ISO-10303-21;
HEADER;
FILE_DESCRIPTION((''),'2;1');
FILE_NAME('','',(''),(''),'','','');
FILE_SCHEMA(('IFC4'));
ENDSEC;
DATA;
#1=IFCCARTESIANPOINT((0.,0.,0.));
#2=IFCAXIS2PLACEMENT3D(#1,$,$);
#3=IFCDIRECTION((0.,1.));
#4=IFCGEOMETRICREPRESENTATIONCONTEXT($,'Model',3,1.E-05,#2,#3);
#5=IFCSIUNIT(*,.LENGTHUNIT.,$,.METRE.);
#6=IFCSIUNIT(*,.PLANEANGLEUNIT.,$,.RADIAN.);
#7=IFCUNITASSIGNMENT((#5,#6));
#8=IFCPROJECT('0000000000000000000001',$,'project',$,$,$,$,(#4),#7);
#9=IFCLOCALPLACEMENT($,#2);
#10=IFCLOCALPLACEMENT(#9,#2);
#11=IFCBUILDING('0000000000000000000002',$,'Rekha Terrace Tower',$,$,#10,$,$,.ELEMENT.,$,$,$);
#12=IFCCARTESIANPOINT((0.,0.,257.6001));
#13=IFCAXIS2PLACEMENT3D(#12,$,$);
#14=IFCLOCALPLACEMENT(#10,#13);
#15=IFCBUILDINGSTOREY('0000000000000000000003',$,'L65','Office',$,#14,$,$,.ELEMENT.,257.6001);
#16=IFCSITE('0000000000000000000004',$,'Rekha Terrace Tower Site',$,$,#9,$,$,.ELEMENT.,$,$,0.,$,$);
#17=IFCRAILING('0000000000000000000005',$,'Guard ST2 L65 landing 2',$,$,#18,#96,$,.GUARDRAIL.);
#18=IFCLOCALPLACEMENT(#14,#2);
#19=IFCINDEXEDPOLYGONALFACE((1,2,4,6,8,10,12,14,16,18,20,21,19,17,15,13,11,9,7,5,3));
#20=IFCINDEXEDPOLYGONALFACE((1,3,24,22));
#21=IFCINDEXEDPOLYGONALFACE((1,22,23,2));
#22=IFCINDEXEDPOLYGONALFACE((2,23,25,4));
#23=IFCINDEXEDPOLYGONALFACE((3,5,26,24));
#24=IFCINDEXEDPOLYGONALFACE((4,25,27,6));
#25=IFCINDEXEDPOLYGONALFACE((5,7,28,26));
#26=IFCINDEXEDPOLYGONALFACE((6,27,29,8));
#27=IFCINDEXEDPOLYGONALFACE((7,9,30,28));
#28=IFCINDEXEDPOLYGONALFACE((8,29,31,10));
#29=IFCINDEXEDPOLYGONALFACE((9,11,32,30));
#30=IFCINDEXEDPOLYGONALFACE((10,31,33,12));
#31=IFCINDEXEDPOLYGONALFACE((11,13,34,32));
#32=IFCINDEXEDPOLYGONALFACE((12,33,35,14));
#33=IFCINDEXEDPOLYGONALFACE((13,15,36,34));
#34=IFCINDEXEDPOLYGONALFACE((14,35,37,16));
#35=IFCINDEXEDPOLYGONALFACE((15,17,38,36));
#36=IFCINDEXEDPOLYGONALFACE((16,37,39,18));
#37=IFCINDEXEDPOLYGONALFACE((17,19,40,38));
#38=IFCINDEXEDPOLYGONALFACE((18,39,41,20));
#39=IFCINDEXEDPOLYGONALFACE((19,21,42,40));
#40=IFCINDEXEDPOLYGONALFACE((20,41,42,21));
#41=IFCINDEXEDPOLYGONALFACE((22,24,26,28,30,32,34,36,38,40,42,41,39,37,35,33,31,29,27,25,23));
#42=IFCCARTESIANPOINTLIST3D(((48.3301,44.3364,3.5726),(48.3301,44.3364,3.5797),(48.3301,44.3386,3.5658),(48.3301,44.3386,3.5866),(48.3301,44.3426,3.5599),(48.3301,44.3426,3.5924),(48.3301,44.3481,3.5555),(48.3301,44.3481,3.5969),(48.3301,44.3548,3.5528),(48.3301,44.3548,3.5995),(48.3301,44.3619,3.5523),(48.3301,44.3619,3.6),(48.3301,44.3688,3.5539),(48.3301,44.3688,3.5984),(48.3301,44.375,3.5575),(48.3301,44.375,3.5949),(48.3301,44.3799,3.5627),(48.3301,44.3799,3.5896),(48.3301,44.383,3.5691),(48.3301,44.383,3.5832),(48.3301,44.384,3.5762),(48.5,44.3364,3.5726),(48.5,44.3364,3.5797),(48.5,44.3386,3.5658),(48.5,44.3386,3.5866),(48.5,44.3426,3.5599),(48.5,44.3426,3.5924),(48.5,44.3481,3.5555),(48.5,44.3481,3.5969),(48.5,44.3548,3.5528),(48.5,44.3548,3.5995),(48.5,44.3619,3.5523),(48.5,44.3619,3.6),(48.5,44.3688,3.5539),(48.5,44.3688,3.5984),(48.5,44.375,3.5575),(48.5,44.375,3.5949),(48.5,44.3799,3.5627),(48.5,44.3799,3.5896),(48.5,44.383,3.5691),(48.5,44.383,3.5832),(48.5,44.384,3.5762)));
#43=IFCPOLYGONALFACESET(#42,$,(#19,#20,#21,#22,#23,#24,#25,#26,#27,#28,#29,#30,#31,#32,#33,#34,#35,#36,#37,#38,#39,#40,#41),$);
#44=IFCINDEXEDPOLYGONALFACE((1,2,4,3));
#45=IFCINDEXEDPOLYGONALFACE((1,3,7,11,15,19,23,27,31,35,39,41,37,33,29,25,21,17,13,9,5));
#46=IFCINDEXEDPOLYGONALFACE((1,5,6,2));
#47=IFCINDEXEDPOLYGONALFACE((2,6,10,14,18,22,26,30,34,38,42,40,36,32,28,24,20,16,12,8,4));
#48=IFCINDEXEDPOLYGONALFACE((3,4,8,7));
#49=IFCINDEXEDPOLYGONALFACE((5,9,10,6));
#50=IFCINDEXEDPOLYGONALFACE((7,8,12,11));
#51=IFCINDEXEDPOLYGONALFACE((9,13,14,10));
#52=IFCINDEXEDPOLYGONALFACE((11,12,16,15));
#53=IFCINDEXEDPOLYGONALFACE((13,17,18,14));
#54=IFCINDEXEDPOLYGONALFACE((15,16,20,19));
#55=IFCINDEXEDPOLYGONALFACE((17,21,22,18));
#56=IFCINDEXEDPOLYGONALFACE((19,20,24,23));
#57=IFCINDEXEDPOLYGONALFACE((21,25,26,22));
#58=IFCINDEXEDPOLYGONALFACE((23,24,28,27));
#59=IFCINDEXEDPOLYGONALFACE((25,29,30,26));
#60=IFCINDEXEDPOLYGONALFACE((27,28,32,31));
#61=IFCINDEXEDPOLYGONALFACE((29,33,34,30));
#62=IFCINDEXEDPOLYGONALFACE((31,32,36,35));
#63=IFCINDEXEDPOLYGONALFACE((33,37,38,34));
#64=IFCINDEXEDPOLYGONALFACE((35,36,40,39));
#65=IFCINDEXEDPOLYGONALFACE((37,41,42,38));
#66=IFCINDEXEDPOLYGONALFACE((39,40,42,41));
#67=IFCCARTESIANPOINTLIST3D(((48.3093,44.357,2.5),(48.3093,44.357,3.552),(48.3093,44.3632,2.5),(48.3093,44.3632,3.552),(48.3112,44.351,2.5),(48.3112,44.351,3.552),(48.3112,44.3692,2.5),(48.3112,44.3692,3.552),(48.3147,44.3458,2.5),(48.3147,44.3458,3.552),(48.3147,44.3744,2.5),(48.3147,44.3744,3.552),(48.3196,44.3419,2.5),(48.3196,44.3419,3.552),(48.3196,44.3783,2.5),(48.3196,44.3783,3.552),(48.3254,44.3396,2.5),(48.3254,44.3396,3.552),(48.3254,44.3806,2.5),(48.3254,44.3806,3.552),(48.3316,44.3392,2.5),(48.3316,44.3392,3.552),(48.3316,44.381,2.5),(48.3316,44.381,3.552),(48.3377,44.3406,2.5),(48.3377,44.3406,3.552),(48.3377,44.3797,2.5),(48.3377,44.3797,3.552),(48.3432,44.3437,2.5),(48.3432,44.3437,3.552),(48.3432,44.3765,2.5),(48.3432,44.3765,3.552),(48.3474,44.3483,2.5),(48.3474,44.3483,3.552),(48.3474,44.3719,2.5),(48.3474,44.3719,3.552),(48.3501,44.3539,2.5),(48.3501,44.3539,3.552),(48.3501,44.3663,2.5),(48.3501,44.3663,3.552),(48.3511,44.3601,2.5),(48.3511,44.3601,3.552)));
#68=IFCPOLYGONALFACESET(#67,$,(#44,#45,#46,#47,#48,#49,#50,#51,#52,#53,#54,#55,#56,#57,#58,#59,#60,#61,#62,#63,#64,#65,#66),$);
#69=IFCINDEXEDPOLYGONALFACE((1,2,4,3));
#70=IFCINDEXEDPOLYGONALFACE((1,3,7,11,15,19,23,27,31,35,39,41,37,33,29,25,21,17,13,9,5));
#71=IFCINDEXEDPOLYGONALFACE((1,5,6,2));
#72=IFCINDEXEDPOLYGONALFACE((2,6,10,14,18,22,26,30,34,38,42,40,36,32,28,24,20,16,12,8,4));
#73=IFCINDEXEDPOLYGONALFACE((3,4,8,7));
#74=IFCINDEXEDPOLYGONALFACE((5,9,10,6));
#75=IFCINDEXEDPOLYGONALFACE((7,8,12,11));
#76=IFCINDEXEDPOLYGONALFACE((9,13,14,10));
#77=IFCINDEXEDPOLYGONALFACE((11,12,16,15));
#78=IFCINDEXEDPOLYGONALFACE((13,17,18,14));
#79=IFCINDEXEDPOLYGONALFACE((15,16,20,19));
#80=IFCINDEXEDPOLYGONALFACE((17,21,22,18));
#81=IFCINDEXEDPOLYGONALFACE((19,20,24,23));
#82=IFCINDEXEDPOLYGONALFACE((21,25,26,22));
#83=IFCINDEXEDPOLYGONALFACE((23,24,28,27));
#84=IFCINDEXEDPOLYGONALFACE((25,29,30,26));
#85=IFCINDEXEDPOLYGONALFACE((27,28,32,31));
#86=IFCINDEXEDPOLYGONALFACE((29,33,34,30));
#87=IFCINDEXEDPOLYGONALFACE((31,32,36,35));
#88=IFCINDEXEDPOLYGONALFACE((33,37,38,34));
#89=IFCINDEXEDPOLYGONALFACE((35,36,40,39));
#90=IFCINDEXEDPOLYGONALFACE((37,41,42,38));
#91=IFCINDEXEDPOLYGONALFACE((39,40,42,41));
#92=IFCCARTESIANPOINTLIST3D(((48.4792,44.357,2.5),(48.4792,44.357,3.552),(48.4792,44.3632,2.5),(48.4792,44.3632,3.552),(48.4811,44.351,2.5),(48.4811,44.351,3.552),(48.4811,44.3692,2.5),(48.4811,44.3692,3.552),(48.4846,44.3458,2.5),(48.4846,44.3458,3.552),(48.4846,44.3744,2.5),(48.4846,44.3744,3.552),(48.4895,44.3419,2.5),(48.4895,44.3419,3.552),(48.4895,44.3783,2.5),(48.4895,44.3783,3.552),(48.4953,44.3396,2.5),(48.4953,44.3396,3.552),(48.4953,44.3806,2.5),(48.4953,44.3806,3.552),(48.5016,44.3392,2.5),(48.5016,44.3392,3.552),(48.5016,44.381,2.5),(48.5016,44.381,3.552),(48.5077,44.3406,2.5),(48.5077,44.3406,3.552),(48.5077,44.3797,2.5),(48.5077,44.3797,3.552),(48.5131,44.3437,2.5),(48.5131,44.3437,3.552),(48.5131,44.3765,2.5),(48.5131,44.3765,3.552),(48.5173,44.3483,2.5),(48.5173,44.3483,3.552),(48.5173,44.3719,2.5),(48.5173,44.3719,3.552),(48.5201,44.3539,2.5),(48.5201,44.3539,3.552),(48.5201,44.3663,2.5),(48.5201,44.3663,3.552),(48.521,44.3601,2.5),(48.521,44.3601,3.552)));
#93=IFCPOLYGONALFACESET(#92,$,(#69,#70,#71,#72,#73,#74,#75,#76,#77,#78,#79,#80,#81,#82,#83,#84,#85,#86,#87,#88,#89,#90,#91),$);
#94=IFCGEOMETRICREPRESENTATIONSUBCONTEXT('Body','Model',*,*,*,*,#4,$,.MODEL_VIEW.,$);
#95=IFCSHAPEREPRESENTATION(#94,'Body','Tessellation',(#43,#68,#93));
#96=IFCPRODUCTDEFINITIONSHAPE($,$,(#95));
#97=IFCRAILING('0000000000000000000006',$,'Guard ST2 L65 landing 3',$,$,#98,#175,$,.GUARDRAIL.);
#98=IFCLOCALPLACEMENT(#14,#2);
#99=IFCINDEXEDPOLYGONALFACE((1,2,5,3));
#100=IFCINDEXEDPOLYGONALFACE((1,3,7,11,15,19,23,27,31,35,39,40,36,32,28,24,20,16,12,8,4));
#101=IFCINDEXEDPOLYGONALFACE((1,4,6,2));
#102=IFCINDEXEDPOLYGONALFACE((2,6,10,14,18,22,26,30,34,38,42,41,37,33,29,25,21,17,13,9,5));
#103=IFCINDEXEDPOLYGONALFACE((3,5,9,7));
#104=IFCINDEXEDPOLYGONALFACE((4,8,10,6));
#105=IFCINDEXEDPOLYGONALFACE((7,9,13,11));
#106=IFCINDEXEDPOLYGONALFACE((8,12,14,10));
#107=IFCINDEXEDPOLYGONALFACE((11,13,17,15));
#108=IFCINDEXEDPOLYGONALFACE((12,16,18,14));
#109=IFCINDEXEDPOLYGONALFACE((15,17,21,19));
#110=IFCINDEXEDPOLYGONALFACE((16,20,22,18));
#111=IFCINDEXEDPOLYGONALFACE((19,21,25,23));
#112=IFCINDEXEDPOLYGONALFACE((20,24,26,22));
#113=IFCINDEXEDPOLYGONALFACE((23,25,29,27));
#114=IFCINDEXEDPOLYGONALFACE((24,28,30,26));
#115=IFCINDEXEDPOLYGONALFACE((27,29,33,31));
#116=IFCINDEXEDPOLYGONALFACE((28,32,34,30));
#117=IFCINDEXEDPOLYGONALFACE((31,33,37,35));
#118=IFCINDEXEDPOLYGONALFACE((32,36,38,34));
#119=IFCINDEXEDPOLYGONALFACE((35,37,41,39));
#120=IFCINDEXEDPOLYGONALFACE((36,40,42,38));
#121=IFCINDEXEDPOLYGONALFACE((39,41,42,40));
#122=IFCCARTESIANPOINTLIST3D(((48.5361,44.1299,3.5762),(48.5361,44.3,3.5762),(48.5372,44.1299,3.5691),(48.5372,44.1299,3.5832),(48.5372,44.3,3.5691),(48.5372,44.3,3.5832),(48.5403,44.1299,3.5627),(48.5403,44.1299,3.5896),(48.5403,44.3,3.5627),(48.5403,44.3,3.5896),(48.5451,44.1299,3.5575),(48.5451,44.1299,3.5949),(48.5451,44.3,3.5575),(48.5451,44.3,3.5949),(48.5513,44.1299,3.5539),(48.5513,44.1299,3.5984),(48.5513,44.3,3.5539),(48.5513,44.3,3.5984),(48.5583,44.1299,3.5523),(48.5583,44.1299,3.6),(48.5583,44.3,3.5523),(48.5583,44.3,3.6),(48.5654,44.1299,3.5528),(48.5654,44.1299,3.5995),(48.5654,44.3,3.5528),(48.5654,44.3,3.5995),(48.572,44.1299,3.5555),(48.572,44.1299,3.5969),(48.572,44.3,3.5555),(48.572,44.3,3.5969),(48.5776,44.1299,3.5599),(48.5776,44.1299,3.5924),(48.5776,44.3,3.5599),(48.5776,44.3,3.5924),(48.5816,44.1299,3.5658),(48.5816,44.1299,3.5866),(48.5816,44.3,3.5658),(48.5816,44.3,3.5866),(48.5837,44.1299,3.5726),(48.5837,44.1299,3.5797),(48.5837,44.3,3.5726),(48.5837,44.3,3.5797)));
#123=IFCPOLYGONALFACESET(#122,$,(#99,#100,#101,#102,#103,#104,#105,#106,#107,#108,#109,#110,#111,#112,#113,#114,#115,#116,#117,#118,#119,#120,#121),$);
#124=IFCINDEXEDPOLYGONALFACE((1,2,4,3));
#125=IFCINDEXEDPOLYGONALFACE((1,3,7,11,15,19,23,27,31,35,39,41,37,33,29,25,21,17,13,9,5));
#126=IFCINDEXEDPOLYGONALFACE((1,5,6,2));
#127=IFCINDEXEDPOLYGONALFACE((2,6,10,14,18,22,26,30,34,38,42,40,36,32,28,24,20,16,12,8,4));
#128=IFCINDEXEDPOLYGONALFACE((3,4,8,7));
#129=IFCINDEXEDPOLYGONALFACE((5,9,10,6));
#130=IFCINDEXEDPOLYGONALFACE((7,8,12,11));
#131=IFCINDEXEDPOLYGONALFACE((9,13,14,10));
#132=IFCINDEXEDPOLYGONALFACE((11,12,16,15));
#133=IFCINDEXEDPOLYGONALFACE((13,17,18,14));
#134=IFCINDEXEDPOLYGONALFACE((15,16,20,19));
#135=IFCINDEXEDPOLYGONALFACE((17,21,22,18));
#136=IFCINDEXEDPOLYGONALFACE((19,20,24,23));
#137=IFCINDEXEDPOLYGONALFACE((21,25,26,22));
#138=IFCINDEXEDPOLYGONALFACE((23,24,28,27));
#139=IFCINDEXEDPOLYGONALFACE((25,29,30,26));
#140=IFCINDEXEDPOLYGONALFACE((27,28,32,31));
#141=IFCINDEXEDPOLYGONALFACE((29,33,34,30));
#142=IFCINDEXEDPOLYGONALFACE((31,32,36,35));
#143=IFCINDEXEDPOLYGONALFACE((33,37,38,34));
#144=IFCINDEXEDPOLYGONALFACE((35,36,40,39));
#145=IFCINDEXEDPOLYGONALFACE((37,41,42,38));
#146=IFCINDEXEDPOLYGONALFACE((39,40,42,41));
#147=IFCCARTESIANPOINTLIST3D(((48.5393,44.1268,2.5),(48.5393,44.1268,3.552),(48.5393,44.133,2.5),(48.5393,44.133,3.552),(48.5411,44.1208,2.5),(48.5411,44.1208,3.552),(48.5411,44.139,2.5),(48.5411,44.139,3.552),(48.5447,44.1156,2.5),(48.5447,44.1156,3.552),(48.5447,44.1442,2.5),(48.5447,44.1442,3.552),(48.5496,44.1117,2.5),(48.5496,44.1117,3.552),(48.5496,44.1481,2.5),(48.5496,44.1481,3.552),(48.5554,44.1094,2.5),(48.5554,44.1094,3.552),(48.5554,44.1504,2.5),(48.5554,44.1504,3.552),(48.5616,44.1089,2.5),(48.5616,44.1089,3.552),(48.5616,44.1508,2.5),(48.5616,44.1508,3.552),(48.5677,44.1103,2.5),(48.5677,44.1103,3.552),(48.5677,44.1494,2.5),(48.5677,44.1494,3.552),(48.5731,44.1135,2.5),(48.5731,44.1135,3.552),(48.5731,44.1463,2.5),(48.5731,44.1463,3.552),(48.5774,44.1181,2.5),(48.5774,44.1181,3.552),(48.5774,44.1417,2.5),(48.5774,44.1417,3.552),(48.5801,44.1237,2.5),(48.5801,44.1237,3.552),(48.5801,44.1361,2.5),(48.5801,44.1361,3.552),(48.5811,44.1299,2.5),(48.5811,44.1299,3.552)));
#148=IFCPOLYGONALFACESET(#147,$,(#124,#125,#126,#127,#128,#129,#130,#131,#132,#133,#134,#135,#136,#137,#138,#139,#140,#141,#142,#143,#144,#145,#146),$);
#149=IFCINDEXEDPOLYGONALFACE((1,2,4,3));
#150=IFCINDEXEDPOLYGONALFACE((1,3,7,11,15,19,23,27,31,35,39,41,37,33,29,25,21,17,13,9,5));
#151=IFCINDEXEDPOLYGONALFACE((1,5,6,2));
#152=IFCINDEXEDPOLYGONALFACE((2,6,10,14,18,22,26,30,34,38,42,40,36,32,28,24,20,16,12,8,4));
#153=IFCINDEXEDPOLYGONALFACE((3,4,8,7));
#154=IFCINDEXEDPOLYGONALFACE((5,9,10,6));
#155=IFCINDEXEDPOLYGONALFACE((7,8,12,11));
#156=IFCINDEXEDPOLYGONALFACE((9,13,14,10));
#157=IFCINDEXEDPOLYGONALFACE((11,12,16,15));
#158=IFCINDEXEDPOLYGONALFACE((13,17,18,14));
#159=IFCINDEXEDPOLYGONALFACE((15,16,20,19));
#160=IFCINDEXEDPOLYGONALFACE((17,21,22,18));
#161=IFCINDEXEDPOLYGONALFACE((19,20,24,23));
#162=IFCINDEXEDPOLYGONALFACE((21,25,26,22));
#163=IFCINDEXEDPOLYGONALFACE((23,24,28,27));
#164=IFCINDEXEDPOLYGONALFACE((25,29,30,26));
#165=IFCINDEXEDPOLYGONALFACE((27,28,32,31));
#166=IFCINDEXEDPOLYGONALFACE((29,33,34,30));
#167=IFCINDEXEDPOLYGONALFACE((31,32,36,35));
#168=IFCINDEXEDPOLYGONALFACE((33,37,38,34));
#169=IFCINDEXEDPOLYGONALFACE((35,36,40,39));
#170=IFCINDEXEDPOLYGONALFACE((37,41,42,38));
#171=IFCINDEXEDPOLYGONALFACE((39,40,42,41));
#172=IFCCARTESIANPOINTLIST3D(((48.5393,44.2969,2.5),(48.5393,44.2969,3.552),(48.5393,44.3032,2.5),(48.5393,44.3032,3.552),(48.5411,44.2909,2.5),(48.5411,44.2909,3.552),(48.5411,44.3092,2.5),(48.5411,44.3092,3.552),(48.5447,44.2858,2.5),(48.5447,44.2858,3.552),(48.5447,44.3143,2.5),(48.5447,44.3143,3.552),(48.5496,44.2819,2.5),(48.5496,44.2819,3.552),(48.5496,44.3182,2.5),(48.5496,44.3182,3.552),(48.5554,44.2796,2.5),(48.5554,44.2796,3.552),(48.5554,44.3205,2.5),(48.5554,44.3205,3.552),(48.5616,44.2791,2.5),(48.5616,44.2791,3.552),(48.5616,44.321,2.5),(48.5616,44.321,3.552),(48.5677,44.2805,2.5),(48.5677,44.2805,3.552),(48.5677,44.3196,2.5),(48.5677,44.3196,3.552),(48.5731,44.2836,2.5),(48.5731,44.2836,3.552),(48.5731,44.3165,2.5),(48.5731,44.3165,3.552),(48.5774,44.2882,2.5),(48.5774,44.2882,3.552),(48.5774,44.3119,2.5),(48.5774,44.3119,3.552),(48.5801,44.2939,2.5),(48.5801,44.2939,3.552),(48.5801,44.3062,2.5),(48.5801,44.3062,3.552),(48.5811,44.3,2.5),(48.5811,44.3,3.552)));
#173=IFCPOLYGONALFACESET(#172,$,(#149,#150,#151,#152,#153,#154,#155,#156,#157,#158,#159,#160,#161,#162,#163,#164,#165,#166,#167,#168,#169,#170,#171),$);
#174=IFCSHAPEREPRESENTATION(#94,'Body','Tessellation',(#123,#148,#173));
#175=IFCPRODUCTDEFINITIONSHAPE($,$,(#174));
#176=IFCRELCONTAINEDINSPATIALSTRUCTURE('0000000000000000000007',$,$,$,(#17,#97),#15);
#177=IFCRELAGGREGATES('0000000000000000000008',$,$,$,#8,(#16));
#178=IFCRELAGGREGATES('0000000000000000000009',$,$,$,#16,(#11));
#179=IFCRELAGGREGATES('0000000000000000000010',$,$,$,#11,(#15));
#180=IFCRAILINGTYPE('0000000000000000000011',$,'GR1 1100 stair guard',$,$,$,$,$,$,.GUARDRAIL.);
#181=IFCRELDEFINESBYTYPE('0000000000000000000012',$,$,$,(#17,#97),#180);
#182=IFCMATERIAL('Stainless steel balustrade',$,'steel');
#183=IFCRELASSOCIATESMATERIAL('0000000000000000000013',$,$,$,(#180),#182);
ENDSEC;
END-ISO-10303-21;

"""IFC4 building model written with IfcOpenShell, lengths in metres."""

from ifc_helpers import new_model, si_unit, direction, frame, origin, origin_2d, place, context, subcontext, project, spatial, circle, extrude, material, type_object, element, save


model = new_model("IFC4")

# Units and contexts
model_context = context("Model", 3, precision=1e-05, world=origin(), true_north=direction((0.0, 1.0)))
body_context = subcontext(model_context, "Body", "Model", "MODEL_VIEW")
ifc_project = project(units=[si_unit("LENGTHUNIT", "METRE"), si_unit("PLANEANGLEUNIT", "RADIAN")], contexts=[model_context])

# Site, building, storey
site_placement = place(None, origin())
site = spatial("IfcSite", under=ifc_project, at=site_placement, Name="Rekha Terrace Tower Site", CompositionType="ELEMENT", RefElevation=0.0)
building_placement = place(site_placement, origin())
building = spatial("IfcBuilding", under=site, at=building_placement, Name="Rekha Terrace Tower", CompositionType="ELEMENT")
storey_placement = place(building_placement, frame((0.0, 0.0, 257.6001)))
storey = spatial("IfcBuildingStorey", under=building, at=storey_placement, Name="L65", Description="Office", CompositionType="ELEMENT", Elevation=257.6001)

# Railings
ifc_material_1 = material(Name="Stainless steel balustrade", Category="steel")
railing_type_1 = type_object("IfcRailingType", Name="GR1 1100 stair guard", PredefinedType="GUARDRAIL", material=ifc_material_1)
railing_1_placement = place(storey_placement, frame((48.3301, 44.3601, 2.5)))
element("IfcRailing", 1, at=railing_1_placement, inside=storey, type_object=railing_type_1, Name="Guard ST2 L65 landing 2", PredefinedType="GUARDRAIL", context=body_context, shape_type="SweptSolid", body=[
    extrude(circle(Radius=0.0239, at=origin_2d()), frame((0.0, 0.0, 1.0762), z_axis=(1.0, 0.0, 0.0), x_axis=(0.0, 1.0, 0.0)), (0.0, 0.0, 1.0), 0.1699),
    extrude(circle(Radius=0.021, at=origin_2d()), origin(), (0.0, 0.0, 1.0), 1.052),
    extrude(circle(Radius=0.021, at=origin_2d()), frame((0.1699, 0.0, 0.0)), (0.0, 0.0, 1.0), 1.052),
])
railing_2_placement = place(storey_placement, frame((48.5601, 44.1299, 2.5)))
element("IfcRailing", 2, at=railing_2_placement, inside=storey, type_object=railing_type_1, Name="Guard ST2 L65 landing 3", PredefinedType="GUARDRAIL", context=body_context, shape_type="SweptSolid", body=[
    extrude(circle(Radius=0.0239, at=origin_2d()), frame((0.0, 0.0, 1.0762), z_axis=(0.0, 1.0, 0.0), x_axis=(-1.0, 0.0, 0.0)), (0.0, 0.0, 1.0), 0.1702),
    extrude(circle(Radius=0.021, at=origin_2d()), origin(), (0.0, 0.0, 1.0), 1.052),
    extrude(circle(Radius=0.021, at=origin_2d()), frame((0.0, 0.1702, 0.0)), (0.0, 0.0, 1.0), 1.052),
])

save(model, "model.ifc")
